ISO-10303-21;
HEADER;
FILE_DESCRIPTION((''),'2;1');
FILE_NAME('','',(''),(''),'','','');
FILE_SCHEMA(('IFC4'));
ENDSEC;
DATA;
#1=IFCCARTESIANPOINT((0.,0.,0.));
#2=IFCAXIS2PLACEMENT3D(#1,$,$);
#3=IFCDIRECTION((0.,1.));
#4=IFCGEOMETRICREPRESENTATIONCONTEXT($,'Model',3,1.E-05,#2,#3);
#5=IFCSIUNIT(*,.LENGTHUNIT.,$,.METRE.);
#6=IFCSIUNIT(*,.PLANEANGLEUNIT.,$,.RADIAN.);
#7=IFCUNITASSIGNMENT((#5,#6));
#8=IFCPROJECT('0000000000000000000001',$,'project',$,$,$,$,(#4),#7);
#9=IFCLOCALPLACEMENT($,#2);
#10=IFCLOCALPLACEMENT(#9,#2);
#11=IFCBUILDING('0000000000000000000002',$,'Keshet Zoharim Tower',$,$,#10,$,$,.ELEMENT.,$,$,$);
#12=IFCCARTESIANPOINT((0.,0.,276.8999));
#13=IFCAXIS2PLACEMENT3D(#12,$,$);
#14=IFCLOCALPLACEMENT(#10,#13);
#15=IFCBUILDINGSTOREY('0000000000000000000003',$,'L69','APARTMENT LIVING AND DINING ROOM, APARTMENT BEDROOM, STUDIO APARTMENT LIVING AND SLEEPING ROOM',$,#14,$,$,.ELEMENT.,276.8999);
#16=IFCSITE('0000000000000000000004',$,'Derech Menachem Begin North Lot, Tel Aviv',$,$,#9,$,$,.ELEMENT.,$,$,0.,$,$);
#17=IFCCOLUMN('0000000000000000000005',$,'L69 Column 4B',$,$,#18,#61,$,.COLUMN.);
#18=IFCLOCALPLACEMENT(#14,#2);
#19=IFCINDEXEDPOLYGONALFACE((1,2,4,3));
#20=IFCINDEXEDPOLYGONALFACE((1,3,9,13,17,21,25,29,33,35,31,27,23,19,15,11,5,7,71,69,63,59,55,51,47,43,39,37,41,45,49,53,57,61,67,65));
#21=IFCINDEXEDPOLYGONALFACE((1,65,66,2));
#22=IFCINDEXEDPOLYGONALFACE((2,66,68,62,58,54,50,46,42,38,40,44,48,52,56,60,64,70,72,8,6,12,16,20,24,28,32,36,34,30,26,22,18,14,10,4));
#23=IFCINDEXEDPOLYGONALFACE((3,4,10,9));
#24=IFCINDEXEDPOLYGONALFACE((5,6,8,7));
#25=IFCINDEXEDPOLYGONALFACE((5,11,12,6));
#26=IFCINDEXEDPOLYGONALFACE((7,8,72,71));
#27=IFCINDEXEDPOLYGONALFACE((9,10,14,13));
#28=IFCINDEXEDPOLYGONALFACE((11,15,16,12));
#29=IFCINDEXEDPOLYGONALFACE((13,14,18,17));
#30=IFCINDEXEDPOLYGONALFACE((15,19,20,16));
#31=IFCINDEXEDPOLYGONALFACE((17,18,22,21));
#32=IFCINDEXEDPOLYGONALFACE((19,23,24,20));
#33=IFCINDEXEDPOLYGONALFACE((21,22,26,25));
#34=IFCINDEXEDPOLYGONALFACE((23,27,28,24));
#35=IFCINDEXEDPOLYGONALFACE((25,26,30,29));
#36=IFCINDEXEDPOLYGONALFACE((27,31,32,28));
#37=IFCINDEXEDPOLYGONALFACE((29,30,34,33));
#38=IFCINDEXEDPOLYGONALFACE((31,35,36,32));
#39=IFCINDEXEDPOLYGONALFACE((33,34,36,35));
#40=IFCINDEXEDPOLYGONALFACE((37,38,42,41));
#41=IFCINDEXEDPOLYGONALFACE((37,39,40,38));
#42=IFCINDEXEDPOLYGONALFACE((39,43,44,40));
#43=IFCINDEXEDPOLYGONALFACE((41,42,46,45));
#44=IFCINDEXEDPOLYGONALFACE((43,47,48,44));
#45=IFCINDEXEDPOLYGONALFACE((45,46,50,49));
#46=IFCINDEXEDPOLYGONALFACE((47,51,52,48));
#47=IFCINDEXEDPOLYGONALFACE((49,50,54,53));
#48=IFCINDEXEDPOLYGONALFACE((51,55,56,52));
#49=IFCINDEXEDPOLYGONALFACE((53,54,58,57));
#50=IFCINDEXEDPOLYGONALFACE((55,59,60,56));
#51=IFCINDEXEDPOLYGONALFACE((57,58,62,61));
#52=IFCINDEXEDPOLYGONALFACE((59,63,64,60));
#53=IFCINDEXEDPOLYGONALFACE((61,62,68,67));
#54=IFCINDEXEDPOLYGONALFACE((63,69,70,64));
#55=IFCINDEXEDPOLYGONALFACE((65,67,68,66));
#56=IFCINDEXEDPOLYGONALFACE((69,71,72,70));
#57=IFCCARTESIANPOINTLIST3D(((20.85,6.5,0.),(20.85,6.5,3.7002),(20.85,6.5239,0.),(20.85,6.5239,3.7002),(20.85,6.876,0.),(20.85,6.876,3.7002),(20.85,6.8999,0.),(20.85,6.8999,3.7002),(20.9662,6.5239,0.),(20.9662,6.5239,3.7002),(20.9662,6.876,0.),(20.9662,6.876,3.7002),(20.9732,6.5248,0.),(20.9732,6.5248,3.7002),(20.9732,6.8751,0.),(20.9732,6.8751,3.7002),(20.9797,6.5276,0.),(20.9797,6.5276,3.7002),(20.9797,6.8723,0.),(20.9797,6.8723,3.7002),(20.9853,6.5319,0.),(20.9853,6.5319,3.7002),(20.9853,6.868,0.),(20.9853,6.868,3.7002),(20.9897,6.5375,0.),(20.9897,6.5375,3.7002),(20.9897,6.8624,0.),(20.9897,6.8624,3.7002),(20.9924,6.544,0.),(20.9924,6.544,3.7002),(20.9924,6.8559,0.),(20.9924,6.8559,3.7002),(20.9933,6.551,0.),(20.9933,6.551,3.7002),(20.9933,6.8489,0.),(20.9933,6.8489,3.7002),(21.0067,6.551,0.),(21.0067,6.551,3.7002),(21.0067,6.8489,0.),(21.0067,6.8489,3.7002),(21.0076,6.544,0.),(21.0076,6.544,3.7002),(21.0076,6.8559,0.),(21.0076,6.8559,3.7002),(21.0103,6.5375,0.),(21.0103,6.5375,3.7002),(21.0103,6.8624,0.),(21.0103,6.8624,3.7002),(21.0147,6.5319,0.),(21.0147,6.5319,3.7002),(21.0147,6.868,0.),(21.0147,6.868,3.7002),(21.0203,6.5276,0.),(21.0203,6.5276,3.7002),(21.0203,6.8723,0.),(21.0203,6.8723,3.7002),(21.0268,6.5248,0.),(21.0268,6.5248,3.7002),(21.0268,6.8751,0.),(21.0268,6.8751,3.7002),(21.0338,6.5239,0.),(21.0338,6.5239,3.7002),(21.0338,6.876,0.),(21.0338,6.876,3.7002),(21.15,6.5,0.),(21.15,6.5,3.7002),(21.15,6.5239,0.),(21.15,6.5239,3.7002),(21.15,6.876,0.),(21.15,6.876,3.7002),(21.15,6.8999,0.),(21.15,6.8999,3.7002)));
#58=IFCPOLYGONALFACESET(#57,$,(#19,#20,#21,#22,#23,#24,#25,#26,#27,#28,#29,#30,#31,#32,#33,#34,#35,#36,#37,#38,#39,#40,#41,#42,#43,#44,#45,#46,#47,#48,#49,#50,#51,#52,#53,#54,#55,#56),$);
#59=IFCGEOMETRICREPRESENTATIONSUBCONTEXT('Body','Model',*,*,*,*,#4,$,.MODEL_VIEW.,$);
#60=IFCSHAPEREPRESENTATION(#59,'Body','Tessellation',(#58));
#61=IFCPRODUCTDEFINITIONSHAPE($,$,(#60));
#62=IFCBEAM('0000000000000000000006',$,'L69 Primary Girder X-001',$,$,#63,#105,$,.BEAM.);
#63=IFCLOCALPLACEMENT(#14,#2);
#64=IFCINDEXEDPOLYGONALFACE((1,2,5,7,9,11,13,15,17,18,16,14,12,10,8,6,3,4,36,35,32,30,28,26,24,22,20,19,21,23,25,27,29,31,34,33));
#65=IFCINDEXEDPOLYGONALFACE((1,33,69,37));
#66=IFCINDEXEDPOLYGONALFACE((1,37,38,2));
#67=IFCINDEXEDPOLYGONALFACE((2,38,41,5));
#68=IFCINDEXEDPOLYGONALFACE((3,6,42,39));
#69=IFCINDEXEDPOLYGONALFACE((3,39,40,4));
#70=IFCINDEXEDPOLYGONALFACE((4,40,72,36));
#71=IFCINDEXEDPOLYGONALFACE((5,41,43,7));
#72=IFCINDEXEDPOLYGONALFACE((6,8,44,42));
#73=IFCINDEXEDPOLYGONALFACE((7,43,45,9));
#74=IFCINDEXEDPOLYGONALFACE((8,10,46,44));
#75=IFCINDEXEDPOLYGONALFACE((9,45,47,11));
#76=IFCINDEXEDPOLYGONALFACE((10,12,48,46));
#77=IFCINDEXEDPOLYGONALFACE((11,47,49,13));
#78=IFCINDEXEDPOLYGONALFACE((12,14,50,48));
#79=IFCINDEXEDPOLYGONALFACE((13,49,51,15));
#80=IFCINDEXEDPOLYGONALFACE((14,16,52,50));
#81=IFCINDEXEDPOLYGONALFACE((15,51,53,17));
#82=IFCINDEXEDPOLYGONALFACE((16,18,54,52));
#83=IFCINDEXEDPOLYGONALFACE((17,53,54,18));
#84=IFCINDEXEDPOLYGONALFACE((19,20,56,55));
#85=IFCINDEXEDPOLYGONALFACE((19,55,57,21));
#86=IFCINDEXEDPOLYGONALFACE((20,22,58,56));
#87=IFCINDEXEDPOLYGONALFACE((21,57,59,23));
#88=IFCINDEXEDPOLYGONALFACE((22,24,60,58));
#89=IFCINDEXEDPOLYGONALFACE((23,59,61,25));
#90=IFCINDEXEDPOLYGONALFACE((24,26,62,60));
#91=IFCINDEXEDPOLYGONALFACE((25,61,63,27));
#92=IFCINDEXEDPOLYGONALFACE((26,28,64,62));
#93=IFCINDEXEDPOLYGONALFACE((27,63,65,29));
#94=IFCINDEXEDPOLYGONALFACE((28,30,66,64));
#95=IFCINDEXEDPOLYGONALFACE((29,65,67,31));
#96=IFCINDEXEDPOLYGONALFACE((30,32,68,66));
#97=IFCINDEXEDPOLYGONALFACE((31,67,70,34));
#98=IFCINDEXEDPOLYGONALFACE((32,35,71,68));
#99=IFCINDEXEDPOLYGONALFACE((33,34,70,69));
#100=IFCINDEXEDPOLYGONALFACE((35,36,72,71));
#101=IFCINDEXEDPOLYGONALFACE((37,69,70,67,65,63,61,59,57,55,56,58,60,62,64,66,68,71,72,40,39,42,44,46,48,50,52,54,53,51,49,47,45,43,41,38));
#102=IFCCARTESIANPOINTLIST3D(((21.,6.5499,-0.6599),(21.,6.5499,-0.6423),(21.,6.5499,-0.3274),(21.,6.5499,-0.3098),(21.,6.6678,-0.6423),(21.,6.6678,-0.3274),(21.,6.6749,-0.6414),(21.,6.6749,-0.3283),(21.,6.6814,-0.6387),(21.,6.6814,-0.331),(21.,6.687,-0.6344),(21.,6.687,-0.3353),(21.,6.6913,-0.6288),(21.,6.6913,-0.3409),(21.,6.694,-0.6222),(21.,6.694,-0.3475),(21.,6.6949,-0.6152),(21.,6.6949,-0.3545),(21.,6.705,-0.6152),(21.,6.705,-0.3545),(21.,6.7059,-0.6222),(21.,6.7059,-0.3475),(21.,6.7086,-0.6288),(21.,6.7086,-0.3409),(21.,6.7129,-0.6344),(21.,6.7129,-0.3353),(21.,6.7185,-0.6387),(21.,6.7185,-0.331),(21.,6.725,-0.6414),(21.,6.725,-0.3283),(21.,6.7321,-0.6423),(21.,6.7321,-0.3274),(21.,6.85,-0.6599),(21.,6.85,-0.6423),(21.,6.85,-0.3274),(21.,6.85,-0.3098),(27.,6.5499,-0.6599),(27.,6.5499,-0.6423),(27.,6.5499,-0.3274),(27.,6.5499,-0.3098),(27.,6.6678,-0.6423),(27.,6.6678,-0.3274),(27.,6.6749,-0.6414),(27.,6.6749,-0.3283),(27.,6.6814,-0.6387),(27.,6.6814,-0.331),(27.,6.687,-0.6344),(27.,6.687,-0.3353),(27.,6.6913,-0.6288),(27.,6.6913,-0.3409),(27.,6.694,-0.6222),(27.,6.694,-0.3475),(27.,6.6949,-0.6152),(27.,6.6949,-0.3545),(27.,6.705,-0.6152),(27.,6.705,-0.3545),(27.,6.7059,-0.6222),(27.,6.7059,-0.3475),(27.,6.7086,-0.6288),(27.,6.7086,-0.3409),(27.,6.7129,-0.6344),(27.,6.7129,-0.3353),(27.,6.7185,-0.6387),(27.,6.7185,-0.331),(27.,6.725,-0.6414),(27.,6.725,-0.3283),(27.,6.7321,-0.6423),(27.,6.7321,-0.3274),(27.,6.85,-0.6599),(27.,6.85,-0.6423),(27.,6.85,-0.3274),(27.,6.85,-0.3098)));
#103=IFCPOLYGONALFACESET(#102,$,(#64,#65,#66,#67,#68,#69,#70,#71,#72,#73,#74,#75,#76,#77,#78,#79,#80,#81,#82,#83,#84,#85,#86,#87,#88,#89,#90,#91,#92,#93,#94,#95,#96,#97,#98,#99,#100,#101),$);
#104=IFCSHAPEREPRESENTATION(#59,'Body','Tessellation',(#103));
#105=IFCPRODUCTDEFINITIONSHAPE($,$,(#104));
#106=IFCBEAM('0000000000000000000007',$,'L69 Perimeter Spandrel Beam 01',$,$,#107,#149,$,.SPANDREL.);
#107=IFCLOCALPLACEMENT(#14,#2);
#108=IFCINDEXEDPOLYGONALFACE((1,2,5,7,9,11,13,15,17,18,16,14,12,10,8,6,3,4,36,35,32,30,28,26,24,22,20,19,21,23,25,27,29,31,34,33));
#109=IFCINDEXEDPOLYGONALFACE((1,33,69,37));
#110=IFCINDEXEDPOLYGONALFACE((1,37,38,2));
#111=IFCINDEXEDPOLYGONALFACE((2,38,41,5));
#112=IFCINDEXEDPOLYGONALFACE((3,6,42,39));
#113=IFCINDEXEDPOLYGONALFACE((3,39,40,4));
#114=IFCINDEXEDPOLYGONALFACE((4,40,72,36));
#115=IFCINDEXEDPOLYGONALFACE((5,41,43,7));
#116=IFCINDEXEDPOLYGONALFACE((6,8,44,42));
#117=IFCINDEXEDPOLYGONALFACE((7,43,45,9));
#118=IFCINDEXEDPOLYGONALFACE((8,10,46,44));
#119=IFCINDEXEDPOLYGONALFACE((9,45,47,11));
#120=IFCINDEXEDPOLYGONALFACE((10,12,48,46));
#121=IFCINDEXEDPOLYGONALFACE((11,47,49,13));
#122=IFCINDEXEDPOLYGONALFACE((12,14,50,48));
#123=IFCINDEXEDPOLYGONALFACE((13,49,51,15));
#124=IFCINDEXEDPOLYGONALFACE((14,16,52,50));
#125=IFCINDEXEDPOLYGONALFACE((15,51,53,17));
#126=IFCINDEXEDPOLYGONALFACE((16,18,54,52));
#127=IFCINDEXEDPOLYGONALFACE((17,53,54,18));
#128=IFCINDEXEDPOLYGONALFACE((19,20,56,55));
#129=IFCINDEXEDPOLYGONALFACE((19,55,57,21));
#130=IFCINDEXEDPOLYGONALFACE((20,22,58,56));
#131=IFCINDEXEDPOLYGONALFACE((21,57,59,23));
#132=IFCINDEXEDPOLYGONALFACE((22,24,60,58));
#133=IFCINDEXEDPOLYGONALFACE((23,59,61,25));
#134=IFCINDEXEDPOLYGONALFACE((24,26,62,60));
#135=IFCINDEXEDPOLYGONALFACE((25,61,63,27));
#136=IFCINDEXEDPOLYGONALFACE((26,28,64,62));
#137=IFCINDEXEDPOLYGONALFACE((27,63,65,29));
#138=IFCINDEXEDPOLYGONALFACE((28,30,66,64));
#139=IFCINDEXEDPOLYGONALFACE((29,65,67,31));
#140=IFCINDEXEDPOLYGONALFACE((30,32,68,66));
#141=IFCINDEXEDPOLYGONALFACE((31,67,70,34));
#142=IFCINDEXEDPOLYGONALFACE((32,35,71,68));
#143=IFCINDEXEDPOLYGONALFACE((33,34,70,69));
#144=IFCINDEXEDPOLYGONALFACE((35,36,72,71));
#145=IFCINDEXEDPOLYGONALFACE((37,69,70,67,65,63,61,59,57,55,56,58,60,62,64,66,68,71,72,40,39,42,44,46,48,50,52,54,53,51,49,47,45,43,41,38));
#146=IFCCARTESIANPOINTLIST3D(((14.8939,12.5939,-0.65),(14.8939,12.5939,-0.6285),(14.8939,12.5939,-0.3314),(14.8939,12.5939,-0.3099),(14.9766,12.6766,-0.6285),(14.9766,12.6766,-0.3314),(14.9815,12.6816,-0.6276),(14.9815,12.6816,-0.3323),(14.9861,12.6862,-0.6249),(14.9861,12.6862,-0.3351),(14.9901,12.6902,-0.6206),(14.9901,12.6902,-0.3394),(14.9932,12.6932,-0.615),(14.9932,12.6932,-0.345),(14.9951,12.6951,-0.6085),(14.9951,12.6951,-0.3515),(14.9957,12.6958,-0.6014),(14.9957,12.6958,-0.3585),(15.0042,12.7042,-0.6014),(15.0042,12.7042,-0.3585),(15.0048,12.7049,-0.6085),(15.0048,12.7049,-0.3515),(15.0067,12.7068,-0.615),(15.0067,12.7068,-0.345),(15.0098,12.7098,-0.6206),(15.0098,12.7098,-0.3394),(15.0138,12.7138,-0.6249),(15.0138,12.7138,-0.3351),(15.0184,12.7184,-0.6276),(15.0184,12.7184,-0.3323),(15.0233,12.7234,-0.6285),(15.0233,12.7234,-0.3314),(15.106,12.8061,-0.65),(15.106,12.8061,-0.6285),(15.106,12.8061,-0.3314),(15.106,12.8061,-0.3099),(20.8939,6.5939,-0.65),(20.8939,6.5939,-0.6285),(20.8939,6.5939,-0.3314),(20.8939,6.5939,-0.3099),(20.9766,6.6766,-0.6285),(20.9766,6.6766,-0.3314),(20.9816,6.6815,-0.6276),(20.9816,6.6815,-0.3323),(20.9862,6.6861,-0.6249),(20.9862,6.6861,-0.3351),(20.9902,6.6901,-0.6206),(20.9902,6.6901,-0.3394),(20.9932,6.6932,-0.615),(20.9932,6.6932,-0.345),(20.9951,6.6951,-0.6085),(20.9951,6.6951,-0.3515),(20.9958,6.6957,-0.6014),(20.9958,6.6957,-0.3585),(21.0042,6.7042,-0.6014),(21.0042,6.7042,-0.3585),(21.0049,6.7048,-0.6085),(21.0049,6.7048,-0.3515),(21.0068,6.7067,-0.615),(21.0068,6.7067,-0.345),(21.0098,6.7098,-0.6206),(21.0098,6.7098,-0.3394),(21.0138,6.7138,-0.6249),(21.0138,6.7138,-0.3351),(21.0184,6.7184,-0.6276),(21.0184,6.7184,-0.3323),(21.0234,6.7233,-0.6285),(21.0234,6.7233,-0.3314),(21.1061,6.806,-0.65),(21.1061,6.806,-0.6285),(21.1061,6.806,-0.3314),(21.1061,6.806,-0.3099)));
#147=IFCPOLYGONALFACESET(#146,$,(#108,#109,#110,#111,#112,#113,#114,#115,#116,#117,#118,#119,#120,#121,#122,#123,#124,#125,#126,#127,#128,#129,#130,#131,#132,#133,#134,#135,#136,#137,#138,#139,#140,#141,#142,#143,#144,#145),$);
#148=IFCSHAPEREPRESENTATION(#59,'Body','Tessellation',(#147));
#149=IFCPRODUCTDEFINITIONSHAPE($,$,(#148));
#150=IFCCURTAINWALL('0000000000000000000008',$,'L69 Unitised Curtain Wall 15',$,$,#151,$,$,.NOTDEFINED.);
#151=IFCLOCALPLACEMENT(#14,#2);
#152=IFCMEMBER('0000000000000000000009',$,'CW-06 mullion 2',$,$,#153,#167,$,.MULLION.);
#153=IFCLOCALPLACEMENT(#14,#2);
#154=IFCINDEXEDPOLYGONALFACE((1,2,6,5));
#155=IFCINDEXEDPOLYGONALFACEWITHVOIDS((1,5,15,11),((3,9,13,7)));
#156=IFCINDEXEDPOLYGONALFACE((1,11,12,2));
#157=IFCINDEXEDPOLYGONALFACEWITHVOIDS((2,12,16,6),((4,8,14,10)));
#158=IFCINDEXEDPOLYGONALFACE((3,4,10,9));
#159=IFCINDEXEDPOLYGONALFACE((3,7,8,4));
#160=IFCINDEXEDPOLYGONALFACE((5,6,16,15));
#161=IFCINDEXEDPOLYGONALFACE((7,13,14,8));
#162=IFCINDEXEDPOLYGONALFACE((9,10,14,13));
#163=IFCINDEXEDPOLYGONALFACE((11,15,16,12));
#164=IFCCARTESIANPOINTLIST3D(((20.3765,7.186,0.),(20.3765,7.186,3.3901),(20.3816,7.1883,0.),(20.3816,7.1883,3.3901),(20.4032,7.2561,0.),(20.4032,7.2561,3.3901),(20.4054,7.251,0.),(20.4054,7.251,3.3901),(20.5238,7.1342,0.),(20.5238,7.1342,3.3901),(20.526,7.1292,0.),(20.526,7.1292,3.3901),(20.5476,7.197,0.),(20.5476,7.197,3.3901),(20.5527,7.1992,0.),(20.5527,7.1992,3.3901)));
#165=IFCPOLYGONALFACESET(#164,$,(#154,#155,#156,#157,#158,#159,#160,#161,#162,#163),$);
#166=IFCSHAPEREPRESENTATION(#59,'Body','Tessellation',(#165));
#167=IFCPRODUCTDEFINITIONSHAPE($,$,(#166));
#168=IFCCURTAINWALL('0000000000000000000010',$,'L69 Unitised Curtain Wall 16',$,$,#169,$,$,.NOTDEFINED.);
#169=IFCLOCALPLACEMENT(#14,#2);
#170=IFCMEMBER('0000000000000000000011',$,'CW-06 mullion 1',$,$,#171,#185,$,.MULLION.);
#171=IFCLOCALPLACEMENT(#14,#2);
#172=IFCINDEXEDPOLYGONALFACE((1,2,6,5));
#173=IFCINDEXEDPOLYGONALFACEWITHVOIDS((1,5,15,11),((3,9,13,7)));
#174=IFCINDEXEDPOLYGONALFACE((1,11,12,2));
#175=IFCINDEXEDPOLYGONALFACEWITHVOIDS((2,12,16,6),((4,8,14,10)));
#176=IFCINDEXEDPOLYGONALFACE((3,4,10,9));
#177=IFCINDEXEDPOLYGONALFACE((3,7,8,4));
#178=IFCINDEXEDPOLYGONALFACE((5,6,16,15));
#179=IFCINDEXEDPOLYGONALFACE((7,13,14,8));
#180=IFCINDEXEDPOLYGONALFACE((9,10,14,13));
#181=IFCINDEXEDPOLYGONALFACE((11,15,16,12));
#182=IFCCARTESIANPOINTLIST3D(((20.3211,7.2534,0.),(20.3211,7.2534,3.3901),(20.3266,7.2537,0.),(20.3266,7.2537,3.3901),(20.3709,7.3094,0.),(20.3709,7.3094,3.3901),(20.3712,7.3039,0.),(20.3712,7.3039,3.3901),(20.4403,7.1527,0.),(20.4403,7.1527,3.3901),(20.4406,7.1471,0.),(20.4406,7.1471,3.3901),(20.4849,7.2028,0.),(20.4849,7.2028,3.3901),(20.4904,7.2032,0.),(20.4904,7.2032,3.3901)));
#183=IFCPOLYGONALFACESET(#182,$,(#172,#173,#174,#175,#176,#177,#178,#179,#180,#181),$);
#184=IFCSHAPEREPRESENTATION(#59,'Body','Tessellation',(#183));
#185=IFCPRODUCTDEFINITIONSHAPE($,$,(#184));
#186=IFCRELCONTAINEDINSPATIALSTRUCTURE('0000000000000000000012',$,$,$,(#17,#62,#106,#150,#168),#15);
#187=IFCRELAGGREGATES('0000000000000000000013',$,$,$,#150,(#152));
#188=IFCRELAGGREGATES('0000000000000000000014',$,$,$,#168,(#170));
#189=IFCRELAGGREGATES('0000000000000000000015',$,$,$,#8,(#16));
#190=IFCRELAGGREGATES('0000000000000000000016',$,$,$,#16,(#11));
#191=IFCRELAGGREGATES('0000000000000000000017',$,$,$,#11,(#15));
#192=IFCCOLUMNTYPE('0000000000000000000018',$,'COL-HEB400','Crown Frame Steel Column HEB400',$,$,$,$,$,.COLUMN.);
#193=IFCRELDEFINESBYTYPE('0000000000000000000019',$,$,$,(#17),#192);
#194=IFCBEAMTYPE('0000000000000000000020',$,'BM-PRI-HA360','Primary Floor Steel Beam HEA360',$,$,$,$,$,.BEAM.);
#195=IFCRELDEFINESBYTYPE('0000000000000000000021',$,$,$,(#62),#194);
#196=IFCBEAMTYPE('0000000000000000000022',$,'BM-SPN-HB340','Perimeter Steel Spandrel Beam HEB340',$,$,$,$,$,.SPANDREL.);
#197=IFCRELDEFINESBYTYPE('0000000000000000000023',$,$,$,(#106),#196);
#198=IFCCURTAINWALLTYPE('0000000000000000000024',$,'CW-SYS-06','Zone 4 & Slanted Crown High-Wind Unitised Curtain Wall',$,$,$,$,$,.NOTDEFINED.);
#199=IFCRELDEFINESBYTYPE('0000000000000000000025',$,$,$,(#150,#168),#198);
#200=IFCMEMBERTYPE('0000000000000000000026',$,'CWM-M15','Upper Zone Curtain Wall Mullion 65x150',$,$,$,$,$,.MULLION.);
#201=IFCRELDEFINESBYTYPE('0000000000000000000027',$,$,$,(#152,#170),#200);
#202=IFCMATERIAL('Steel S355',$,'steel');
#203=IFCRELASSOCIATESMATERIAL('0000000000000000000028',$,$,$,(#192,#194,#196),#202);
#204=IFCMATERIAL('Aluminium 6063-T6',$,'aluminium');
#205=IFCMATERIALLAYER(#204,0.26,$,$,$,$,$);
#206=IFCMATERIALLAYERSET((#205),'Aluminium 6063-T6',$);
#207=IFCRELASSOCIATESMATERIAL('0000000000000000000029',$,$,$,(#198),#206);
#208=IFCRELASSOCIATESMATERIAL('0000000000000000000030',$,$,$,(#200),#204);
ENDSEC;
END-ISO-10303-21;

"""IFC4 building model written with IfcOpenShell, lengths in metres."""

from ifc_helpers import new_model, si_unit, direction, frame, origin, origin_2d, place, context, subcontext, project, spatial, hollow_rectangle, i_section, extrude, material, layer, layer_set, material_profile, profile_set, type_object, element, aggregate, save


model = new_model("IFC4")

# Units and contexts
model_context = context("Model", 3, precision=1e-05, world=origin(), true_north=direction((0.0, 1.0)))
body_context = subcontext(model_context, "Body", "Model", "MODEL_VIEW")
ifc_project = project(units=[si_unit("LENGTHUNIT", "METRE"), si_unit("PLANEANGLEUNIT", "RADIAN")], contexts=[model_context])

# Site, building, storey
site_placement = place(None, origin())
site = spatial("IfcSite", under=ifc_project, at=site_placement, Name="Derech Menachem Begin North Lot, Tel Aviv", CompositionType="ELEMENT", RefElevation=0.0)
building_placement = place(site_placement, origin())
building = spatial("IfcBuilding", under=site, at=building_placement, Name="Keshet Zoharim Tower", CompositionType="ELEMENT")
storey_placement = place(building_placement, frame((0.0, 0.0, 276.8999)))
storey = spatial("IfcBuildingStorey", under=building, at=storey_placement, Name="L69", Description="APARTMENT LIVING AND DINING ROOM, APARTMENT BEDROOM, STUDIO APARTMENT LIVING AND SLEEPING ROOM", CompositionType="ELEMENT", Elevation=276.8999)

# Column
ifc_material_1 = material(Name="Steel S355", Category="steel")
ifc_material_profile_1 = material_profile(ifc_material_1, i_section(OverallWidth=0.3, OverallDepth=0.3999, WebThickness=0.0134, FlangeThickness=0.0239, FilletRadius=0.0271, at=origin_2d()), Name="HEB400")
ifc_profile_set_1 = profile_set([ifc_material_profile_1], Name="Steel S355")
column_type = type_object("IfcColumnType", Name="COL-HEB400", Description="Crown Frame Steel Column HEB400", PredefinedType="COLUMN", material=ifc_profile_set_1)
column_placement = place(storey_placement, frame((21.0, 6.7, 0.0), z_axis=(0.0, 0.0, 1.0), x_axis=(1.0, 0.0, 0.0)))
element("IfcColumn", 1, at=column_placement, inside=storey, type_object=column_type, Name="L69 Column 4B", PredefinedType="COLUMN", context=body_context, shape_type="SweptSolid", body=[
    extrude(i_section(OverallWidth=0.3, OverallDepth=0.3999, WebThickness=0.0134, FlangeThickness=0.0239, FilletRadius=0.0271, at=origin_2d()), origin(), (0.0, 0.0, 1.0), 3.7002),
])

# Beams
ifc_material_profile_2 = material_profile(ifc_material_1, i_section(OverallWidth=0.3, OverallDepth=0.3501, WebThickness=0.01, FlangeThickness=0.0176, FilletRadius=0.0271, at=origin_2d()), Name="HEA360")
ifc_profile_set_2 = profile_set([ifc_material_profile_2], Name="Steel S355")
beam_type_1 = type_object("IfcBeamType", Name="BM-PRI-HA360", Description="Primary Floor Steel Beam HEA360", PredefinedType="BEAM", material=ifc_profile_set_2)
beam_1_placement = place(storey_placement, frame((21.0, 6.7, -0.4849), z_axis=(1.0, 0.0, 0.0), x_axis=(0.0, 1.0, 0.0)))
element("IfcBeam", 2, at=beam_1_placement, inside=storey, type_object=beam_type_1, Name="L69 Primary Girder X-001", PredefinedType="BEAM", context=body_context, shape_type="SweptSolid", body=[
    extrude(i_section(OverallWidth=0.3, OverallDepth=0.3501, WebThickness=0.01, FlangeThickness=0.0176, FilletRadius=0.0271, at=origin_2d()), origin(), (0.0, 0.0, 1.0), 6.0),
])
ifc_material_profile_3 = material_profile(ifc_material_1, i_section(OverallWidth=0.3, OverallDepth=0.3401, WebThickness=0.012, FlangeThickness=0.0215, FilletRadius=0.0271, at=origin_2d()), Name="HEB340")
ifc_profile_set_3 = profile_set([ifc_material_profile_3], Name="Steel S355")
beam_type_2 = type_object("IfcBeamType", Name="BM-SPN-HB340", Description="Perimeter Steel Spandrel Beam HEB340", PredefinedType="SPANDREL", material=ifc_profile_set_3)
beam_2_placement = place(storey_placement, frame((21.0, 6.7, -0.48), z_axis=(-0.707107, 0.707107, 0.0), x_axis=(-0.707107, -0.707107, 0.0)))
element("IfcBeam", 3, at=beam_2_placement, inside=storey, type_object=beam_type_2, Name="L69 Perimeter Spandrel Beam 01", PredefinedType="SPANDREL", context=body_context, shape_type="SweptSolid", body=[
    extrude(i_section(OverallWidth=0.3, OverallDepth=0.3401, WebThickness=0.012, FlangeThickness=0.0215, FilletRadius=0.0271, at=origin_2d()), origin(), (0.0, 0.0, 1.0), 8.4854),
])

# Curtain wall, member
ifc_material_2 = material(Name="Aluminium 6063-T6", Category="aluminium")
ifc_layer_1 = layer(ifc_material_2, 0.26)
ifc_layer_set_1 = layer_set([ifc_layer_1], Name="Aluminium 6063-T6")
curtain_wall_type = type_object("IfcCurtainWallType", Name="CW-SYS-06", Description="Zone 4 & Slanted Crown High-Wind Unitised Curtain Wall", PredefinedType="NOTDEFINED", material=ifc_layer_set_1)
curtain_wall_1_placement = place(storey_placement, origin())
curtain_wall_1 = element("IfcCurtainWall", 4, at=curtain_wall_1_placement, inside=storey, type_object=curtain_wall_type, Name="L69 Unitised Curtain Wall 15", PredefinedType="NOTDEFINED")
ifc_material_profile_4 = material_profile(ifc_material_2, hollow_rectangle(XDim=0.075, YDim=0.1599, WallThickness=0.0039, at=origin_2d()), Name="MUL-75x160")
ifc_profile_set_4 = profile_set([ifc_material_profile_4], Name="Aluminium 6063-T6")
member_type_1 = type_object("IfcMemberType", Name="CWM-M15", Description="Upper Zone Curtain Wall Mullion 65x150", PredefinedType="MULLION", material=ifc_profile_set_4)
member_1_placement = place(storey_placement, frame((20.4646, 7.1926, 0.0), z_axis=(0.0, 0.0, 1.0), x_axis=(-0.355439, -0.934699, 0.0)))
member_1 = element("IfcMember", 5, at=member_1_placement, type_object=member_type_1, Name="CW-06 mullion 2", PredefinedType="MULLION", context=body_context, shape_type="SweptSolid", body=[
    extrude(hollow_rectangle(XDim=0.075, YDim=0.1599, WallThickness=0.0039, at=origin_2d()), origin(), (0.0, 0.0, 1.0), 3.3901),
])

# Curtain wall, member
curtain_wall_2_placement = place(storey_placement, origin())
curtain_wall_2 = element("IfcCurtainWall", 6, at=curtain_wall_2_placement, inside=storey, type_object=curtain_wall_type, Name="L69 Unitised Curtain Wall 16", PredefinedType="NOTDEFINED")
member_2_placement = place(storey_placement, frame((20.4058, 7.2283, 0.0), z_axis=(0.0, 0.0, 1.0), x_axis=(-0.664345, -0.747427, 0.0)))
member_2 = element("IfcMember", 7, at=member_2_placement, type_object=member_type_1, Name="CW-06 mullion 1", PredefinedType="MULLION", context=body_context, shape_type="SweptSolid", body=[
    extrude(hollow_rectangle(XDim=0.075, YDim=0.1599, WallThickness=0.0039, at=origin_2d()), origin(), (0.0, 0.0, 1.0), 3.3901),
])

aggregate(curtain_wall_1, [member_1])
aggregate(curtain_wall_2, [member_2])

save(model, "model.ifc")
